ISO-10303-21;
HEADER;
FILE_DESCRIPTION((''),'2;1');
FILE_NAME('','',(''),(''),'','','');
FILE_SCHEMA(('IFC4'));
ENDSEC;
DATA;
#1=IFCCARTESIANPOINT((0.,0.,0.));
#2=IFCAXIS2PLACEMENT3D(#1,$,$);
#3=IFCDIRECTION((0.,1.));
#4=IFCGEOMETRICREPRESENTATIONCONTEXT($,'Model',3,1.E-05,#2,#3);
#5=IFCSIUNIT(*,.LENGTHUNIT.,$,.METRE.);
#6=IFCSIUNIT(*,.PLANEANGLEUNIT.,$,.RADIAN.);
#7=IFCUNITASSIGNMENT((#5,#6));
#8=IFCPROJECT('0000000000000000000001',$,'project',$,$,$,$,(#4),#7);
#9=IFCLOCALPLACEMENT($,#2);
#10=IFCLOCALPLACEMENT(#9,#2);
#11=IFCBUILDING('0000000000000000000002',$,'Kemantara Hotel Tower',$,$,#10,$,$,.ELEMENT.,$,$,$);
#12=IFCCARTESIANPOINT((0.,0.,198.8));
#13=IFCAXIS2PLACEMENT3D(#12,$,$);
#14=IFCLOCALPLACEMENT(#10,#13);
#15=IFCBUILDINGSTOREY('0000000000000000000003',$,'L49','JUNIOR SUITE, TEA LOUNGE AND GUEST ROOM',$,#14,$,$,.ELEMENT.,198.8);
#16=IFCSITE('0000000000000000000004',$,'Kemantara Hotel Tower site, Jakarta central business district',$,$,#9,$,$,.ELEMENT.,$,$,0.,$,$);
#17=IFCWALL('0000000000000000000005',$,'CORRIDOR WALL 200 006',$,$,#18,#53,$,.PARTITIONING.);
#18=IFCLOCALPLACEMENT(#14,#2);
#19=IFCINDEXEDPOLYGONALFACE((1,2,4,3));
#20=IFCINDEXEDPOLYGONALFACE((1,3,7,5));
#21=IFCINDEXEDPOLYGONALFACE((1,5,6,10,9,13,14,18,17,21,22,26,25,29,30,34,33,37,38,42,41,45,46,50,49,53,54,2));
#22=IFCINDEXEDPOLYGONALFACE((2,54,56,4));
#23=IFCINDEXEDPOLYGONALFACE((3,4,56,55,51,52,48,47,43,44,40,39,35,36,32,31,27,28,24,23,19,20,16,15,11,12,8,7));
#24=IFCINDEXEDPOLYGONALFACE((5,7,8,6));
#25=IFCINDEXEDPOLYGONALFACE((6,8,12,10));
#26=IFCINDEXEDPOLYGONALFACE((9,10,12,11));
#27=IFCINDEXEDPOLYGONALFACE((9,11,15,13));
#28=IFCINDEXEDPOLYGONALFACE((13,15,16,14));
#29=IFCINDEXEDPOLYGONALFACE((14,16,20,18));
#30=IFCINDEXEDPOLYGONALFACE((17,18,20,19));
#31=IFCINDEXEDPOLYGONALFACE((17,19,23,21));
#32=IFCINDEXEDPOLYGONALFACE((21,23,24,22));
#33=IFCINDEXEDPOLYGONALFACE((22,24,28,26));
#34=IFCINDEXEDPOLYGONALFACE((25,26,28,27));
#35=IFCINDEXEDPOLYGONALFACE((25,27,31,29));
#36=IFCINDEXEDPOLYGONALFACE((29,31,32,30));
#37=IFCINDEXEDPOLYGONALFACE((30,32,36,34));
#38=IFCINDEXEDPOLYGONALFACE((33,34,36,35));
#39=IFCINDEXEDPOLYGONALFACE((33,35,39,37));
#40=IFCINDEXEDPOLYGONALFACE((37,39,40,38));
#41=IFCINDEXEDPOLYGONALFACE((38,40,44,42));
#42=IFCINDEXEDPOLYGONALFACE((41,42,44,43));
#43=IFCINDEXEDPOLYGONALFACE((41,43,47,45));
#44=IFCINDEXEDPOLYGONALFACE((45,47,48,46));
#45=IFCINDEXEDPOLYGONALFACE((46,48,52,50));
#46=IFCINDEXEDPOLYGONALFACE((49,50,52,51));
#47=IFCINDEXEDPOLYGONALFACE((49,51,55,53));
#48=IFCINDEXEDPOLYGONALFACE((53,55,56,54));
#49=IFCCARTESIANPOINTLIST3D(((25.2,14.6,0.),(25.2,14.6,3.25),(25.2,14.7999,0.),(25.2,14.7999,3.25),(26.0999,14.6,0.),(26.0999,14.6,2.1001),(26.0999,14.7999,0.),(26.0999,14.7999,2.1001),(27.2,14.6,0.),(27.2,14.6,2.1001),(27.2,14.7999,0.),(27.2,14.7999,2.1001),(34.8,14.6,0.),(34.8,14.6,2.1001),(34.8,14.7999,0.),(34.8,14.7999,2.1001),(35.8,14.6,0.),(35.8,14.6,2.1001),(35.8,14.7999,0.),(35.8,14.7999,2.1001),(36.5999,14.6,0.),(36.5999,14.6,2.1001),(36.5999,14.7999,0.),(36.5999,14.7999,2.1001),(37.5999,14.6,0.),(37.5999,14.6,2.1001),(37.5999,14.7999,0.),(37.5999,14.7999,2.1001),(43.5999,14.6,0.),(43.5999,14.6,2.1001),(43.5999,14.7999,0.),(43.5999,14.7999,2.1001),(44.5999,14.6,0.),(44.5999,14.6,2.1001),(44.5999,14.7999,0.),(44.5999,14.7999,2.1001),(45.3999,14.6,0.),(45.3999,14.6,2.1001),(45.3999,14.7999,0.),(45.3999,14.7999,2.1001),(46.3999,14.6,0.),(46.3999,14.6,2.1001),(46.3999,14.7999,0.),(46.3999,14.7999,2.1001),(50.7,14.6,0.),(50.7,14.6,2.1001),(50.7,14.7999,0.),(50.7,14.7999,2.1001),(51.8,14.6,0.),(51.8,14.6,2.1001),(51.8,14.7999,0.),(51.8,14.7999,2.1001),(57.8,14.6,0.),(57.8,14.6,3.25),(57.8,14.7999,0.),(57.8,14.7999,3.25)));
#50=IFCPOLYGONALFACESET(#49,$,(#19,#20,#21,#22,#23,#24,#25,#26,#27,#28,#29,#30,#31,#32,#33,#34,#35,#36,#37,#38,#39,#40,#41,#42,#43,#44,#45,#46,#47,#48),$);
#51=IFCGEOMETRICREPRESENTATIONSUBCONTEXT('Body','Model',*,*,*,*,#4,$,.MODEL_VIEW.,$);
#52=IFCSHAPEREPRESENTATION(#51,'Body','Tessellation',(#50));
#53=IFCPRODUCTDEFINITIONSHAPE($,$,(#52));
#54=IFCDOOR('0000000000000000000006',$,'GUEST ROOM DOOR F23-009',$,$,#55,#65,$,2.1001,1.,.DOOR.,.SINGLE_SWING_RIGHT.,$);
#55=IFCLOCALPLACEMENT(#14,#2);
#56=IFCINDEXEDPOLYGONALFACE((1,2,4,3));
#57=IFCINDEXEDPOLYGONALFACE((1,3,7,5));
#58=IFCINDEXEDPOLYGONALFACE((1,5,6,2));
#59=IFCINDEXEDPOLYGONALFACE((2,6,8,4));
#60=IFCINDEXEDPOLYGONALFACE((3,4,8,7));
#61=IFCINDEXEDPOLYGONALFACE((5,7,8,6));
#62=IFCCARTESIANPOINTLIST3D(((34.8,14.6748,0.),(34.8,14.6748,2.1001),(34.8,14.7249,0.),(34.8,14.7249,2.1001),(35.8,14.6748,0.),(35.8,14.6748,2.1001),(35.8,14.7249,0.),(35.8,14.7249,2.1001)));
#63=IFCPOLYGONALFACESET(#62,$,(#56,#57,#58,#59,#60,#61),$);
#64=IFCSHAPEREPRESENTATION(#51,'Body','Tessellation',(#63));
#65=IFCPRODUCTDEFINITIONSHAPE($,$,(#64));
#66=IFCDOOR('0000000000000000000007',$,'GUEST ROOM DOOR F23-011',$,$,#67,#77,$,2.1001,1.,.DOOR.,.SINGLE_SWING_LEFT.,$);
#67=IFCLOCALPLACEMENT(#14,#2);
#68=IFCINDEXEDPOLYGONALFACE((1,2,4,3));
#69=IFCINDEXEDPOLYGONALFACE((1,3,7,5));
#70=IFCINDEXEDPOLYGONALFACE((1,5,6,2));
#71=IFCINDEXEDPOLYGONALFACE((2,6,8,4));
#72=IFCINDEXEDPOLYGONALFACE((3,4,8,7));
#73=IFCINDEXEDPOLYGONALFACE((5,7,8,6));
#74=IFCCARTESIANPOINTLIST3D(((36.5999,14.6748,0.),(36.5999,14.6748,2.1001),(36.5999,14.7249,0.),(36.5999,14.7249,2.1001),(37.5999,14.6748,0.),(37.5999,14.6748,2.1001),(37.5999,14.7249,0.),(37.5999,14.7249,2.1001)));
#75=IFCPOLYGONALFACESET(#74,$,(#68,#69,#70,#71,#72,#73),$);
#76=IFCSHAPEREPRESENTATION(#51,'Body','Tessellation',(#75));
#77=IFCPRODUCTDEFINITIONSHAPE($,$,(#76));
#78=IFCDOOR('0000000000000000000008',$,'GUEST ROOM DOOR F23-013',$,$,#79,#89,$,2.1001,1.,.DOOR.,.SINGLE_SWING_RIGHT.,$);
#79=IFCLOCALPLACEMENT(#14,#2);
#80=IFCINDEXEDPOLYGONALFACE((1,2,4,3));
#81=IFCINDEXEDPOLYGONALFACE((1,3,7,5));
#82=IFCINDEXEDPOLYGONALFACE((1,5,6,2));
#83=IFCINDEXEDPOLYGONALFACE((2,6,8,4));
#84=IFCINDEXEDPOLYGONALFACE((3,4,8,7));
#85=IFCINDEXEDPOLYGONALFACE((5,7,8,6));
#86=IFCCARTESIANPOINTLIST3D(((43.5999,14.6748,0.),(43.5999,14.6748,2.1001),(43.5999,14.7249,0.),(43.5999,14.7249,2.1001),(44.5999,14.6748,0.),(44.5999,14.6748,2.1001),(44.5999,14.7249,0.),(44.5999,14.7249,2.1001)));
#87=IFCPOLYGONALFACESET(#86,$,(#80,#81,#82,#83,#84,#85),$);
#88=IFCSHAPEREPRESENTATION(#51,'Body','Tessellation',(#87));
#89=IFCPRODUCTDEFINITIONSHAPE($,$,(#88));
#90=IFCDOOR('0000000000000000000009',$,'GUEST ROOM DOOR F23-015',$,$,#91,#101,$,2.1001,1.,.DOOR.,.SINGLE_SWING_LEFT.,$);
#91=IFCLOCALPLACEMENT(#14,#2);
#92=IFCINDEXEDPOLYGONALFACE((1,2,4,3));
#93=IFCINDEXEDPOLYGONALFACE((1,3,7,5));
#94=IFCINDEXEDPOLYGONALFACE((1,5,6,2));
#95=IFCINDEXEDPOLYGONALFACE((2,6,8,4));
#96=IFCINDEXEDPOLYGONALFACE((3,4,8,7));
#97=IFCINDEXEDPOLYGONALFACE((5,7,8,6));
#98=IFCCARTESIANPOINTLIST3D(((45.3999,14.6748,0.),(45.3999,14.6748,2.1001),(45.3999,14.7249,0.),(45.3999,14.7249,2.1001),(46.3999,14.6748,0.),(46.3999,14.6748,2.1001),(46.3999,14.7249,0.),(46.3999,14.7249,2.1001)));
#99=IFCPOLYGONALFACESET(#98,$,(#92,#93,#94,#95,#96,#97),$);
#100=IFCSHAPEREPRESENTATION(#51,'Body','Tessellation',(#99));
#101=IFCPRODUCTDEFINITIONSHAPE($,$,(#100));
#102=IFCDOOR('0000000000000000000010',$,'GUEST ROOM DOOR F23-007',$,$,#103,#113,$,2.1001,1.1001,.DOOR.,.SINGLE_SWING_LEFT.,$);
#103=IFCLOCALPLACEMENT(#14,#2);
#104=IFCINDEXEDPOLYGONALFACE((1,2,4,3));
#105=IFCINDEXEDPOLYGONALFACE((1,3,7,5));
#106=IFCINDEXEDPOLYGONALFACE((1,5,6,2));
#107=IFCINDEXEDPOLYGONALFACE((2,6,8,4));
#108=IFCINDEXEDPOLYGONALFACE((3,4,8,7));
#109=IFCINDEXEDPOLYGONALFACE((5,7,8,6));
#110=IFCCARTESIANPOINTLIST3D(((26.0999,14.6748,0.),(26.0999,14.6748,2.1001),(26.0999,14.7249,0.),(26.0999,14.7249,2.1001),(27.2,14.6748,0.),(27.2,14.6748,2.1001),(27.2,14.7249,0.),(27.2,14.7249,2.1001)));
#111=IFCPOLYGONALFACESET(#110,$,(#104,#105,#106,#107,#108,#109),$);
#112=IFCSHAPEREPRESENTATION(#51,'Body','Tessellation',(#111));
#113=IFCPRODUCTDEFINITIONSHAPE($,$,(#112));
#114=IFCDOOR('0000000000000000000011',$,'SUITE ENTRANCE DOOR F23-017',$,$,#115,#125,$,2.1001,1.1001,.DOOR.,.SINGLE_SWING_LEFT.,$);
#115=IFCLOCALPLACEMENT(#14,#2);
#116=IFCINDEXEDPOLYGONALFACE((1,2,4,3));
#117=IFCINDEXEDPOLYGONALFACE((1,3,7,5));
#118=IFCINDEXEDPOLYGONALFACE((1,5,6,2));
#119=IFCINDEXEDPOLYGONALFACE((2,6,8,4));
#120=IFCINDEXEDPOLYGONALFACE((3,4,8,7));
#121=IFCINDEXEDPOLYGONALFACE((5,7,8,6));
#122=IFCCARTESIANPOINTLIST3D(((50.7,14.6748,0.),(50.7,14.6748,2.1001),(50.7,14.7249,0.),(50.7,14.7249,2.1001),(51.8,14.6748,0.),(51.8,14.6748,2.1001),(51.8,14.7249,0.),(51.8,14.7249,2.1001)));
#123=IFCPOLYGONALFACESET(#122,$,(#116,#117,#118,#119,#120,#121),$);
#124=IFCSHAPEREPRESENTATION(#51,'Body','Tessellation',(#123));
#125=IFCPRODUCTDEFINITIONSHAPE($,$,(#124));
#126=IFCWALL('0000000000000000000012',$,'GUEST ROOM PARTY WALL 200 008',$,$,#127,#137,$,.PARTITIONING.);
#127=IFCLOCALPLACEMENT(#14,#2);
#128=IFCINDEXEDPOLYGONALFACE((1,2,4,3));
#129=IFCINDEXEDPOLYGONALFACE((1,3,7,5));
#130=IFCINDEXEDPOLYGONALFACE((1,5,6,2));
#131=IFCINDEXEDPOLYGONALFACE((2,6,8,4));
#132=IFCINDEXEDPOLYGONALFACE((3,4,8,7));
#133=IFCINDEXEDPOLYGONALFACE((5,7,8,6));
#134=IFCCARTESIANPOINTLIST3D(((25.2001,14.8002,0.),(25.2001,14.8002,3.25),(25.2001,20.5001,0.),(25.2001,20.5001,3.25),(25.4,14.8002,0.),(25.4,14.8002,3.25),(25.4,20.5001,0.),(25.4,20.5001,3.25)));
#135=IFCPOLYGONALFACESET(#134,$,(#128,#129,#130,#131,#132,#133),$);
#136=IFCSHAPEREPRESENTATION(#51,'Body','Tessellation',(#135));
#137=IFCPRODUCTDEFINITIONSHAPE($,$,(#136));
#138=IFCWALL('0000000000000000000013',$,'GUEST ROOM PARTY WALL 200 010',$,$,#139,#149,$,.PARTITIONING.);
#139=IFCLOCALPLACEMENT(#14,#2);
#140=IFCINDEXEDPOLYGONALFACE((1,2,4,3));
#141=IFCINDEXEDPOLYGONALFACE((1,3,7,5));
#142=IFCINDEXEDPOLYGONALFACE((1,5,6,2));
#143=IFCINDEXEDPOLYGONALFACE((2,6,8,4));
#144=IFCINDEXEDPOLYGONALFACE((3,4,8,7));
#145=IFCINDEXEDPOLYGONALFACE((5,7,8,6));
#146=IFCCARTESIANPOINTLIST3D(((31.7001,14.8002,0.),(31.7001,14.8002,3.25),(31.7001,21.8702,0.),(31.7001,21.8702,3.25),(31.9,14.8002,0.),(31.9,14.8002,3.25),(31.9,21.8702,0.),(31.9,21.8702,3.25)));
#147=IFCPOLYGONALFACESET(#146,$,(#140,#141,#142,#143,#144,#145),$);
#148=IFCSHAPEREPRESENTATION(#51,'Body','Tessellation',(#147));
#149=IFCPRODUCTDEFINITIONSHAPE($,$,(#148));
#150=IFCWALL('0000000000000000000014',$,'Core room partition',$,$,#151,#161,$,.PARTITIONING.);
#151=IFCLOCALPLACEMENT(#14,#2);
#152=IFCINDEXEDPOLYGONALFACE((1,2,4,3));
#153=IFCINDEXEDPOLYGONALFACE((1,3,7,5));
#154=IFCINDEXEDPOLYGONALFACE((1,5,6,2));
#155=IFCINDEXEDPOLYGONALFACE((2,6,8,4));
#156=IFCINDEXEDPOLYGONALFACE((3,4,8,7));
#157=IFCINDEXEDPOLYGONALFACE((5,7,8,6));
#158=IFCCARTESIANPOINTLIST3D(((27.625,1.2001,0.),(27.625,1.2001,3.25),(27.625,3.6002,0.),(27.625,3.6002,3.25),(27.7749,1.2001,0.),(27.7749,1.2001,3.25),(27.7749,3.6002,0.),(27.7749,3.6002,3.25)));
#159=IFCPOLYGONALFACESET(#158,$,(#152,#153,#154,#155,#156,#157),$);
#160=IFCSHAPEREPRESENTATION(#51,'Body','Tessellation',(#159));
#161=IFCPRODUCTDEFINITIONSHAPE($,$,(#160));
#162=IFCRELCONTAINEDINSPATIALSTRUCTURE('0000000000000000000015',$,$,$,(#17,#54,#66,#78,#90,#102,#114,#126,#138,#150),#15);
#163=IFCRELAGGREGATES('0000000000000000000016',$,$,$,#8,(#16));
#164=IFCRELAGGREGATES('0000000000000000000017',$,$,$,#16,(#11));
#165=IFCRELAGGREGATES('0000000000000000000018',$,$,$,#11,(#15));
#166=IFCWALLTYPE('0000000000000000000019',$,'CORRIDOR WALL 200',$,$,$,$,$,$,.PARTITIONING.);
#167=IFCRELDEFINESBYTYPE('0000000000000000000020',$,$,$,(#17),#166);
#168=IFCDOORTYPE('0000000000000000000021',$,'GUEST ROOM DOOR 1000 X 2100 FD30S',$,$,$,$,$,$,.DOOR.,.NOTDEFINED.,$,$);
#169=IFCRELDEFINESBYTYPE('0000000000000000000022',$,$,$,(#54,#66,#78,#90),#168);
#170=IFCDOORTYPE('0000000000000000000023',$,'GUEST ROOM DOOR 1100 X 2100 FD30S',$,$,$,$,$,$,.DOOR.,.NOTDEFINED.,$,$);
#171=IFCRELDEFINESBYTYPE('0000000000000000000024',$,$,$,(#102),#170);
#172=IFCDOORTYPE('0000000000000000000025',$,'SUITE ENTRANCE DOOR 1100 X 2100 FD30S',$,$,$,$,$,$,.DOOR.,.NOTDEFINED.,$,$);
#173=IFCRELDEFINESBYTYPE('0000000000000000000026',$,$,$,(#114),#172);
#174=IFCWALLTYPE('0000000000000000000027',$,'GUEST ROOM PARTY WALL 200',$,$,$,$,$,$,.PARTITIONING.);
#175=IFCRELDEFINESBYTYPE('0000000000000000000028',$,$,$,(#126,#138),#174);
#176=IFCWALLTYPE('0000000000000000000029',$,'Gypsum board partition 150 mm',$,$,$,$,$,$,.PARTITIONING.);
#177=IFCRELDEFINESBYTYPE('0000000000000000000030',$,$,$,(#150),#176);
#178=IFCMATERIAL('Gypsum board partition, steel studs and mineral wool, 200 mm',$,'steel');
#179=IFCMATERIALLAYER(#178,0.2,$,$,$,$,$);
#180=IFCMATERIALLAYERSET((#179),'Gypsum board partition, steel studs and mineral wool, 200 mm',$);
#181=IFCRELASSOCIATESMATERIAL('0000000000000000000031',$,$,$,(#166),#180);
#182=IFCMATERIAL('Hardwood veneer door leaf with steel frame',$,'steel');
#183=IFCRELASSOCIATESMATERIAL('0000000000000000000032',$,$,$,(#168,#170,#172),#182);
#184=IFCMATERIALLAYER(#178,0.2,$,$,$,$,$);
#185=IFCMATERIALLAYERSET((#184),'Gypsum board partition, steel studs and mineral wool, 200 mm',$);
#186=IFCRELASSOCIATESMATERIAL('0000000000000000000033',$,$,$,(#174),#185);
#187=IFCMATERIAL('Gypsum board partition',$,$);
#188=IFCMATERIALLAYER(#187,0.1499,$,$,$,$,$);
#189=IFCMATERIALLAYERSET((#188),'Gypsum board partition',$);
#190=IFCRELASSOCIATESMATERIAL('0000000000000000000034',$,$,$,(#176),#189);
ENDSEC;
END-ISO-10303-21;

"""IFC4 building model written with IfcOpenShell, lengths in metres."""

from ifc_helpers import new_model, si_unit, direction, frame, frame_2d, origin, place, context, subcontext, project, spatial, rectangle, extrude, material, layer, layer_set, type_object, element, fill, save


model = new_model("IFC4")

# Units and contexts
model_context = context("Model", 3, precision=1e-05, world=origin(), true_north=direction((0.0, 1.0)))
body_context = subcontext(model_context, "Body", "Model", "MODEL_VIEW")
ifc_project = project(units=[si_unit("LENGTHUNIT", "METRE"), si_unit("PLANEANGLEUNIT", "RADIAN")], contexts=[model_context])

# Site, building, storey
site_placement = place(None, origin())
site = spatial("IfcSite", under=ifc_project, at=site_placement, Name="Kemantara Hotel Tower site, Jakarta central business district", CompositionType="ELEMENT", RefElevation=0.0)
building_placement = place(site_placement, origin())
building = spatial("IfcBuilding", under=site, at=building_placement, Name="Kemantara Hotel Tower", CompositionType="ELEMENT")
storey_placement = place(building_placement, frame((0.0, 0.0, 198.8)))
storey = spatial("IfcBuildingStorey", under=building, at=storey_placement, Name="L49", Description="JUNIOR SUITE, TEA LOUNGE AND GUEST ROOM", CompositionType="ELEMENT", Elevation=198.8)

# Wall, openings, doors
ifc_material_1 = material(Name="Gypsum board partition, steel studs and mineral wool, 200 mm", Category="steel")
ifc_layer_1 = layer(ifc_material_1, 0.2)
ifc_layer_set_1 = layer_set([ifc_layer_1], Name="Gypsum board partition, steel studs and mineral wool, 200 mm")
wall_type_1 = type_object("IfcWallType", Name="CORRIDOR WALL 200", PredefinedType="PARTITIONING", material=ifc_layer_set_1)
wall_1_placement = place(storey_placement, frame((25.2, 14.7, 0.0), z_axis=(0.0, 0.0, 1.0), x_axis=(1.0, 0.0, 0.0)))
wall_1 = element("IfcWall", 1, at=wall_1_placement, inside=storey, type_object=wall_type_1, Name="CORRIDOR WALL 200 006", PredefinedType="PARTITIONING", context=body_context, shape_type="SweptSolid", body=[
    extrude(rectangle(XDim=32.6001, YDim=0.2, at=frame_2d((16.3, 0.0))), origin(), (0.0, 0.0, 1.0), 3.25),
])
opening_1_placement = place(wall_1_placement, frame((0.8999, 0.0, 0.0)))
opening_1 = element("IfcOpeningElement", 2, at=opening_1_placement, cuts=wall_1, PredefinedType="OPENING", context=body_context, shape_type="SweptSolid", body=[
    extrude(rectangle(XDim=1.1001, YDim=2.1001, at=frame_2d((0.55, 1.05))), frame((0.0, 0.1099, 0.0), z_axis=(0.0, -1.0, 0.0), x_axis=(1.0, 0.0, 0.0)), (0.0, 0.0, 1.0), 0.22),
])
opening_2_placement = place(wall_1_placement, frame((9.6001, 0.0, 0.0)))
opening_2 = element("IfcOpeningElement", 3, at=opening_2_placement, cuts=wall_1, PredefinedType="OPENING", context=body_context, shape_type="SweptSolid", body=[
    extrude(rectangle(XDim=1.0, YDim=2.1001, at=frame_2d((0.5, 1.05))), frame((0.0, 0.1099, 0.0), z_axis=(0.0, -1.0, 0.0), x_axis=(1.0, 0.0, 0.0)), (0.0, 0.0, 1.0), 0.22),
])
opening_3_placement = place(wall_1_placement, frame((11.3999, 0.0, 0.0)))
opening_3 = element("IfcOpeningElement", 4, at=opening_3_placement, cuts=wall_1, PredefinedType="OPENING", context=body_context, shape_type="SweptSolid", body=[
    extrude(rectangle(XDim=1.0, YDim=2.1001, at=frame_2d((0.5, 1.05))), frame((0.0, 0.1099, 0.0), z_axis=(0.0, -1.0, 0.0), x_axis=(1.0, 0.0, 0.0)), (0.0, 0.0, 1.0), 0.22),
])
opening_4_placement = place(wall_1_placement, frame((18.3999, 0.0, 0.0)))
opening_4 = element("IfcOpeningElement", 5, at=opening_4_placement, cuts=wall_1, PredefinedType="OPENING", context=body_context, shape_type="SweptSolid", body=[
    extrude(rectangle(XDim=1.0, YDim=2.1001, at=frame_2d((0.5, 1.05))), frame((0.0, 0.1099, 0.0), z_axis=(0.0, -1.0, 0.0), x_axis=(1.0, 0.0, 0.0)), (0.0, 0.0, 1.0), 0.22),
])
opening_5_placement = place(wall_1_placement, frame((20.2, 0.0, 0.0)))
opening_5 = element("IfcOpeningElement", 6, at=opening_5_placement, cuts=wall_1, PredefinedType="OPENING", context=body_context, shape_type="SweptSolid", body=[
    extrude(rectangle(XDim=1.0, YDim=2.1001, at=frame_2d((0.5, 1.05))), frame((0.0, 0.1099, 0.0), z_axis=(0.0, -1.0, 0.0), x_axis=(1.0, 0.0, 0.0)), (0.0, 0.0, 1.0), 0.22),
])
opening_6_placement = place(wall_1_placement, frame((25.5, 0.0, 0.0)))
opening_6 = element("IfcOpeningElement", 7, at=opening_6_placement, cuts=wall_1, PredefinedType="OPENING", context=body_context, shape_type="SweptSolid", body=[
    extrude(rectangle(XDim=1.1001, YDim=2.1001, at=frame_2d((0.55, 1.05))), frame((0.0, 0.1099, 0.0), z_axis=(0.0, -1.0, 0.0), x_axis=(1.0, 0.0, 0.0)), (0.0, 0.0, 1.0), 0.22),
])
ifc_material_2 = material(Name="Hardwood veneer door leaf with steel frame", Category="steel")
door_type_1 = type_object("IfcDoorType", Name="GUEST ROOM DOOR 1000 X 2100 FD30S", OperationType="NOTDEFINED", PredefinedType="DOOR", material=ifc_material_2)
door_1_placement = place(opening_2_placement, origin())
door_1 = element("IfcDoor", 8, at=door_1_placement, inside=storey, type_object=door_type_1, Name="GUEST ROOM DOOR F23-009", OperationType="SINGLE_SWING_RIGHT", OverallHeight=2.1001, OverallWidth=1.0, PredefinedType="DOOR", context=body_context, shape_type="SweptSolid", body=[
    extrude(rectangle(XDim=1.0, YDim=2.1001, at=frame_2d((0.5, 1.05))), frame((0.0, 0.0249, 0.0), z_axis=(0.0, -1.0, 0.0), x_axis=(1.0, 0.0, 0.0)), (0.0, 0.0, 1.0), 0.05),
])
fill(opening_2, door_1)
door_2_placement = place(opening_3_placement, origin())
door_2 = element("IfcDoor", 9, at=door_2_placement, inside=storey, type_object=door_type_1, Name="GUEST ROOM DOOR F23-011", OperationType="SINGLE_SWING_LEFT", OverallHeight=2.1001, OverallWidth=1.0, PredefinedType="DOOR", context=body_context, shape_type="SweptSolid", body=[
    extrude(rectangle(XDim=1.0, YDim=2.1001, at=frame_2d((0.5, 1.05))), frame((0.0, 0.0249, 0.0), z_axis=(0.0, -1.0, 0.0), x_axis=(1.0, 0.0, 0.0)), (0.0, 0.0, 1.0), 0.05),
])
fill(opening_3, door_2)
door_3_placement = place(opening_4_placement, origin())
door_3 = element("IfcDoor", 10, at=door_3_placement, inside=storey, type_object=door_type_1, Name="GUEST ROOM DOOR F23-013", OperationType="SINGLE_SWING_RIGHT", OverallHeight=2.1001, OverallWidth=1.0, PredefinedType="DOOR", context=body_context, shape_type="SweptSolid", body=[
    extrude(rectangle(XDim=1.0, YDim=2.1001, at=frame_2d((0.5, 1.05))), frame((0.0, 0.0249, 0.0), z_axis=(0.0, -1.0, 0.0), x_axis=(1.0, 0.0, 0.0)), (0.0, 0.0, 1.0), 0.05),
])
fill(opening_4, door_3)
door_4_placement = place(opening_5_placement, origin())
door_4 = element("IfcDoor", 11, at=door_4_placement, inside=storey, type_object=door_type_1, Name="GUEST ROOM DOOR F23-015", OperationType="SINGLE_SWING_LEFT", OverallHeight=2.1001, OverallWidth=1.0, PredefinedType="DOOR", context=body_context, shape_type="SweptSolid", body=[
    extrude(rectangle(XDim=1.0, YDim=2.1001, at=frame_2d((0.5, 1.05))), frame((0.0, 0.0249, 0.0), z_axis=(0.0, -1.0, 0.0), x_axis=(1.0, 0.0, 0.0)), (0.0, 0.0, 1.0), 0.05),
])
fill(opening_5, door_4)
door_type_2 = type_object("IfcDoorType", Name="GUEST ROOM DOOR 1100 X 2100 FD30S", OperationType="NOTDEFINED", PredefinedType="DOOR", material=ifc_material_2)
door_5_placement = place(opening_1_placement, origin())
door_5 = element("IfcDoor", 12, at=door_5_placement, inside=storey, type_object=door_type_2, Name="GUEST ROOM DOOR F23-007", OperationType="SINGLE_SWING_LEFT", OverallHeight=2.1001, OverallWidth=1.1001, PredefinedType="DOOR", context=body_context, shape_type="SweptSolid", body=[
    extrude(rectangle(XDim=1.1001, YDim=2.1001, at=frame_2d((0.55, 1.05))), frame((0.0, 0.0249, 0.0), z_axis=(0.0, -1.0, 0.0), x_axis=(1.0, 0.0, 0.0)), (0.0, 0.0, 1.0), 0.05),
])
fill(opening_1, door_5)
door_type_3 = type_object("IfcDoorType", Name="SUITE ENTRANCE DOOR 1100 X 2100 FD30S", OperationType="NOTDEFINED", PredefinedType="DOOR", material=ifc_material_2)
door_6_placement = place(opening_6_placement, origin())
door_6 = element("IfcDoor", 13, at=door_6_placement, inside=storey, type_object=door_type_3, Name="SUITE ENTRANCE DOOR F23-017", OperationType="SINGLE_SWING_LEFT", OverallHeight=2.1001, OverallWidth=1.1001, PredefinedType="DOOR", context=body_context, shape_type="SweptSolid", body=[
    extrude(rectangle(XDim=1.1001, YDim=2.1001, at=frame_2d((0.55, 1.05))), frame((0.0, 0.0249, 0.0), z_axis=(0.0, -1.0, 0.0), x_axis=(1.0, 0.0, 0.0)), (0.0, 0.0, 1.0), 0.05),
])
fill(opening_6, door_6)

# Walls
ifc_layer_2 = layer(ifc_material_1, 0.2)
ifc_layer_set_2 = layer_set([ifc_layer_2], Name="Gypsum board partition, steel studs and mineral wool, 200 mm")
wall_type_2 = type_object("IfcWallType", Name="GUEST ROOM PARTY WALL 200", PredefinedType="PARTITIONING", material=ifc_layer_set_2)
wall_2_placement = place(storey_placement, frame((25.3, 14.8, 0.0), z_axis=(0.0, 0.0, 1.0), x_axis=(0.0, 1.0, 0.0)))
element("IfcWall", 14, at=wall_2_placement, inside=storey, type_object=wall_type_2, Name="GUEST ROOM PARTY WALL 200 008", PredefinedType="PARTITIONING", context=body_context, shape_type="SweptSolid", body=[
    extrude(rectangle(XDim=5.7, YDim=0.2, at=frame_2d((2.8501, 0.0))), origin(), (0.0, 0.0, 1.0), 3.25),
])
wall_3_placement = place(storey_placement, frame((31.8, 14.8, 0.0), z_axis=(0.0, 0.0, 1.0), x_axis=(0.0, 1.0, 0.0)))
element("IfcWall", 15, at=wall_3_placement, inside=storey, type_object=wall_type_2, Name="GUEST ROOM PARTY WALL 200 010", PredefinedType="PARTITIONING", context=body_context, shape_type="SweptSolid", body=[
    extrude(rectangle(XDim=7.0701, YDim=0.2, at=frame_2d((3.5352, 0.0))), origin(), (0.0, 0.0, 1.0), 3.25),
])
ifc_material_3 = material(Name="Gypsum board partition")
ifc_layer_3 = layer(ifc_material_3, 0.1499)
ifc_layer_set_3 = layer_set([ifc_layer_3], Name="Gypsum board partition")
wall_type_3 = type_object("IfcWallType", Name="Gypsum board partition 150 mm", PredefinedType="PARTITIONING", material=ifc_layer_set_3)
wall_4_placement = place(storey_placement, frame((27.7, 1.2, 0.0), z_axis=(0.0, 0.0, 1.0), x_axis=(0.0, 1.0, 0.0)))
element("IfcWall", 16, at=wall_4_placement, inside=storey, type_object=wall_type_3, Name="Core room partition", PredefinedType="PARTITIONING", context=body_context, shape_type="SweptSolid", body=[
    extrude(rectangle(XDim=2.4001, YDim=0.1499, at=frame_2d((1.2002, 0.0))), origin(), (0.0, 0.0, 1.0), 3.25),
])

save(model, "model.ifc")
